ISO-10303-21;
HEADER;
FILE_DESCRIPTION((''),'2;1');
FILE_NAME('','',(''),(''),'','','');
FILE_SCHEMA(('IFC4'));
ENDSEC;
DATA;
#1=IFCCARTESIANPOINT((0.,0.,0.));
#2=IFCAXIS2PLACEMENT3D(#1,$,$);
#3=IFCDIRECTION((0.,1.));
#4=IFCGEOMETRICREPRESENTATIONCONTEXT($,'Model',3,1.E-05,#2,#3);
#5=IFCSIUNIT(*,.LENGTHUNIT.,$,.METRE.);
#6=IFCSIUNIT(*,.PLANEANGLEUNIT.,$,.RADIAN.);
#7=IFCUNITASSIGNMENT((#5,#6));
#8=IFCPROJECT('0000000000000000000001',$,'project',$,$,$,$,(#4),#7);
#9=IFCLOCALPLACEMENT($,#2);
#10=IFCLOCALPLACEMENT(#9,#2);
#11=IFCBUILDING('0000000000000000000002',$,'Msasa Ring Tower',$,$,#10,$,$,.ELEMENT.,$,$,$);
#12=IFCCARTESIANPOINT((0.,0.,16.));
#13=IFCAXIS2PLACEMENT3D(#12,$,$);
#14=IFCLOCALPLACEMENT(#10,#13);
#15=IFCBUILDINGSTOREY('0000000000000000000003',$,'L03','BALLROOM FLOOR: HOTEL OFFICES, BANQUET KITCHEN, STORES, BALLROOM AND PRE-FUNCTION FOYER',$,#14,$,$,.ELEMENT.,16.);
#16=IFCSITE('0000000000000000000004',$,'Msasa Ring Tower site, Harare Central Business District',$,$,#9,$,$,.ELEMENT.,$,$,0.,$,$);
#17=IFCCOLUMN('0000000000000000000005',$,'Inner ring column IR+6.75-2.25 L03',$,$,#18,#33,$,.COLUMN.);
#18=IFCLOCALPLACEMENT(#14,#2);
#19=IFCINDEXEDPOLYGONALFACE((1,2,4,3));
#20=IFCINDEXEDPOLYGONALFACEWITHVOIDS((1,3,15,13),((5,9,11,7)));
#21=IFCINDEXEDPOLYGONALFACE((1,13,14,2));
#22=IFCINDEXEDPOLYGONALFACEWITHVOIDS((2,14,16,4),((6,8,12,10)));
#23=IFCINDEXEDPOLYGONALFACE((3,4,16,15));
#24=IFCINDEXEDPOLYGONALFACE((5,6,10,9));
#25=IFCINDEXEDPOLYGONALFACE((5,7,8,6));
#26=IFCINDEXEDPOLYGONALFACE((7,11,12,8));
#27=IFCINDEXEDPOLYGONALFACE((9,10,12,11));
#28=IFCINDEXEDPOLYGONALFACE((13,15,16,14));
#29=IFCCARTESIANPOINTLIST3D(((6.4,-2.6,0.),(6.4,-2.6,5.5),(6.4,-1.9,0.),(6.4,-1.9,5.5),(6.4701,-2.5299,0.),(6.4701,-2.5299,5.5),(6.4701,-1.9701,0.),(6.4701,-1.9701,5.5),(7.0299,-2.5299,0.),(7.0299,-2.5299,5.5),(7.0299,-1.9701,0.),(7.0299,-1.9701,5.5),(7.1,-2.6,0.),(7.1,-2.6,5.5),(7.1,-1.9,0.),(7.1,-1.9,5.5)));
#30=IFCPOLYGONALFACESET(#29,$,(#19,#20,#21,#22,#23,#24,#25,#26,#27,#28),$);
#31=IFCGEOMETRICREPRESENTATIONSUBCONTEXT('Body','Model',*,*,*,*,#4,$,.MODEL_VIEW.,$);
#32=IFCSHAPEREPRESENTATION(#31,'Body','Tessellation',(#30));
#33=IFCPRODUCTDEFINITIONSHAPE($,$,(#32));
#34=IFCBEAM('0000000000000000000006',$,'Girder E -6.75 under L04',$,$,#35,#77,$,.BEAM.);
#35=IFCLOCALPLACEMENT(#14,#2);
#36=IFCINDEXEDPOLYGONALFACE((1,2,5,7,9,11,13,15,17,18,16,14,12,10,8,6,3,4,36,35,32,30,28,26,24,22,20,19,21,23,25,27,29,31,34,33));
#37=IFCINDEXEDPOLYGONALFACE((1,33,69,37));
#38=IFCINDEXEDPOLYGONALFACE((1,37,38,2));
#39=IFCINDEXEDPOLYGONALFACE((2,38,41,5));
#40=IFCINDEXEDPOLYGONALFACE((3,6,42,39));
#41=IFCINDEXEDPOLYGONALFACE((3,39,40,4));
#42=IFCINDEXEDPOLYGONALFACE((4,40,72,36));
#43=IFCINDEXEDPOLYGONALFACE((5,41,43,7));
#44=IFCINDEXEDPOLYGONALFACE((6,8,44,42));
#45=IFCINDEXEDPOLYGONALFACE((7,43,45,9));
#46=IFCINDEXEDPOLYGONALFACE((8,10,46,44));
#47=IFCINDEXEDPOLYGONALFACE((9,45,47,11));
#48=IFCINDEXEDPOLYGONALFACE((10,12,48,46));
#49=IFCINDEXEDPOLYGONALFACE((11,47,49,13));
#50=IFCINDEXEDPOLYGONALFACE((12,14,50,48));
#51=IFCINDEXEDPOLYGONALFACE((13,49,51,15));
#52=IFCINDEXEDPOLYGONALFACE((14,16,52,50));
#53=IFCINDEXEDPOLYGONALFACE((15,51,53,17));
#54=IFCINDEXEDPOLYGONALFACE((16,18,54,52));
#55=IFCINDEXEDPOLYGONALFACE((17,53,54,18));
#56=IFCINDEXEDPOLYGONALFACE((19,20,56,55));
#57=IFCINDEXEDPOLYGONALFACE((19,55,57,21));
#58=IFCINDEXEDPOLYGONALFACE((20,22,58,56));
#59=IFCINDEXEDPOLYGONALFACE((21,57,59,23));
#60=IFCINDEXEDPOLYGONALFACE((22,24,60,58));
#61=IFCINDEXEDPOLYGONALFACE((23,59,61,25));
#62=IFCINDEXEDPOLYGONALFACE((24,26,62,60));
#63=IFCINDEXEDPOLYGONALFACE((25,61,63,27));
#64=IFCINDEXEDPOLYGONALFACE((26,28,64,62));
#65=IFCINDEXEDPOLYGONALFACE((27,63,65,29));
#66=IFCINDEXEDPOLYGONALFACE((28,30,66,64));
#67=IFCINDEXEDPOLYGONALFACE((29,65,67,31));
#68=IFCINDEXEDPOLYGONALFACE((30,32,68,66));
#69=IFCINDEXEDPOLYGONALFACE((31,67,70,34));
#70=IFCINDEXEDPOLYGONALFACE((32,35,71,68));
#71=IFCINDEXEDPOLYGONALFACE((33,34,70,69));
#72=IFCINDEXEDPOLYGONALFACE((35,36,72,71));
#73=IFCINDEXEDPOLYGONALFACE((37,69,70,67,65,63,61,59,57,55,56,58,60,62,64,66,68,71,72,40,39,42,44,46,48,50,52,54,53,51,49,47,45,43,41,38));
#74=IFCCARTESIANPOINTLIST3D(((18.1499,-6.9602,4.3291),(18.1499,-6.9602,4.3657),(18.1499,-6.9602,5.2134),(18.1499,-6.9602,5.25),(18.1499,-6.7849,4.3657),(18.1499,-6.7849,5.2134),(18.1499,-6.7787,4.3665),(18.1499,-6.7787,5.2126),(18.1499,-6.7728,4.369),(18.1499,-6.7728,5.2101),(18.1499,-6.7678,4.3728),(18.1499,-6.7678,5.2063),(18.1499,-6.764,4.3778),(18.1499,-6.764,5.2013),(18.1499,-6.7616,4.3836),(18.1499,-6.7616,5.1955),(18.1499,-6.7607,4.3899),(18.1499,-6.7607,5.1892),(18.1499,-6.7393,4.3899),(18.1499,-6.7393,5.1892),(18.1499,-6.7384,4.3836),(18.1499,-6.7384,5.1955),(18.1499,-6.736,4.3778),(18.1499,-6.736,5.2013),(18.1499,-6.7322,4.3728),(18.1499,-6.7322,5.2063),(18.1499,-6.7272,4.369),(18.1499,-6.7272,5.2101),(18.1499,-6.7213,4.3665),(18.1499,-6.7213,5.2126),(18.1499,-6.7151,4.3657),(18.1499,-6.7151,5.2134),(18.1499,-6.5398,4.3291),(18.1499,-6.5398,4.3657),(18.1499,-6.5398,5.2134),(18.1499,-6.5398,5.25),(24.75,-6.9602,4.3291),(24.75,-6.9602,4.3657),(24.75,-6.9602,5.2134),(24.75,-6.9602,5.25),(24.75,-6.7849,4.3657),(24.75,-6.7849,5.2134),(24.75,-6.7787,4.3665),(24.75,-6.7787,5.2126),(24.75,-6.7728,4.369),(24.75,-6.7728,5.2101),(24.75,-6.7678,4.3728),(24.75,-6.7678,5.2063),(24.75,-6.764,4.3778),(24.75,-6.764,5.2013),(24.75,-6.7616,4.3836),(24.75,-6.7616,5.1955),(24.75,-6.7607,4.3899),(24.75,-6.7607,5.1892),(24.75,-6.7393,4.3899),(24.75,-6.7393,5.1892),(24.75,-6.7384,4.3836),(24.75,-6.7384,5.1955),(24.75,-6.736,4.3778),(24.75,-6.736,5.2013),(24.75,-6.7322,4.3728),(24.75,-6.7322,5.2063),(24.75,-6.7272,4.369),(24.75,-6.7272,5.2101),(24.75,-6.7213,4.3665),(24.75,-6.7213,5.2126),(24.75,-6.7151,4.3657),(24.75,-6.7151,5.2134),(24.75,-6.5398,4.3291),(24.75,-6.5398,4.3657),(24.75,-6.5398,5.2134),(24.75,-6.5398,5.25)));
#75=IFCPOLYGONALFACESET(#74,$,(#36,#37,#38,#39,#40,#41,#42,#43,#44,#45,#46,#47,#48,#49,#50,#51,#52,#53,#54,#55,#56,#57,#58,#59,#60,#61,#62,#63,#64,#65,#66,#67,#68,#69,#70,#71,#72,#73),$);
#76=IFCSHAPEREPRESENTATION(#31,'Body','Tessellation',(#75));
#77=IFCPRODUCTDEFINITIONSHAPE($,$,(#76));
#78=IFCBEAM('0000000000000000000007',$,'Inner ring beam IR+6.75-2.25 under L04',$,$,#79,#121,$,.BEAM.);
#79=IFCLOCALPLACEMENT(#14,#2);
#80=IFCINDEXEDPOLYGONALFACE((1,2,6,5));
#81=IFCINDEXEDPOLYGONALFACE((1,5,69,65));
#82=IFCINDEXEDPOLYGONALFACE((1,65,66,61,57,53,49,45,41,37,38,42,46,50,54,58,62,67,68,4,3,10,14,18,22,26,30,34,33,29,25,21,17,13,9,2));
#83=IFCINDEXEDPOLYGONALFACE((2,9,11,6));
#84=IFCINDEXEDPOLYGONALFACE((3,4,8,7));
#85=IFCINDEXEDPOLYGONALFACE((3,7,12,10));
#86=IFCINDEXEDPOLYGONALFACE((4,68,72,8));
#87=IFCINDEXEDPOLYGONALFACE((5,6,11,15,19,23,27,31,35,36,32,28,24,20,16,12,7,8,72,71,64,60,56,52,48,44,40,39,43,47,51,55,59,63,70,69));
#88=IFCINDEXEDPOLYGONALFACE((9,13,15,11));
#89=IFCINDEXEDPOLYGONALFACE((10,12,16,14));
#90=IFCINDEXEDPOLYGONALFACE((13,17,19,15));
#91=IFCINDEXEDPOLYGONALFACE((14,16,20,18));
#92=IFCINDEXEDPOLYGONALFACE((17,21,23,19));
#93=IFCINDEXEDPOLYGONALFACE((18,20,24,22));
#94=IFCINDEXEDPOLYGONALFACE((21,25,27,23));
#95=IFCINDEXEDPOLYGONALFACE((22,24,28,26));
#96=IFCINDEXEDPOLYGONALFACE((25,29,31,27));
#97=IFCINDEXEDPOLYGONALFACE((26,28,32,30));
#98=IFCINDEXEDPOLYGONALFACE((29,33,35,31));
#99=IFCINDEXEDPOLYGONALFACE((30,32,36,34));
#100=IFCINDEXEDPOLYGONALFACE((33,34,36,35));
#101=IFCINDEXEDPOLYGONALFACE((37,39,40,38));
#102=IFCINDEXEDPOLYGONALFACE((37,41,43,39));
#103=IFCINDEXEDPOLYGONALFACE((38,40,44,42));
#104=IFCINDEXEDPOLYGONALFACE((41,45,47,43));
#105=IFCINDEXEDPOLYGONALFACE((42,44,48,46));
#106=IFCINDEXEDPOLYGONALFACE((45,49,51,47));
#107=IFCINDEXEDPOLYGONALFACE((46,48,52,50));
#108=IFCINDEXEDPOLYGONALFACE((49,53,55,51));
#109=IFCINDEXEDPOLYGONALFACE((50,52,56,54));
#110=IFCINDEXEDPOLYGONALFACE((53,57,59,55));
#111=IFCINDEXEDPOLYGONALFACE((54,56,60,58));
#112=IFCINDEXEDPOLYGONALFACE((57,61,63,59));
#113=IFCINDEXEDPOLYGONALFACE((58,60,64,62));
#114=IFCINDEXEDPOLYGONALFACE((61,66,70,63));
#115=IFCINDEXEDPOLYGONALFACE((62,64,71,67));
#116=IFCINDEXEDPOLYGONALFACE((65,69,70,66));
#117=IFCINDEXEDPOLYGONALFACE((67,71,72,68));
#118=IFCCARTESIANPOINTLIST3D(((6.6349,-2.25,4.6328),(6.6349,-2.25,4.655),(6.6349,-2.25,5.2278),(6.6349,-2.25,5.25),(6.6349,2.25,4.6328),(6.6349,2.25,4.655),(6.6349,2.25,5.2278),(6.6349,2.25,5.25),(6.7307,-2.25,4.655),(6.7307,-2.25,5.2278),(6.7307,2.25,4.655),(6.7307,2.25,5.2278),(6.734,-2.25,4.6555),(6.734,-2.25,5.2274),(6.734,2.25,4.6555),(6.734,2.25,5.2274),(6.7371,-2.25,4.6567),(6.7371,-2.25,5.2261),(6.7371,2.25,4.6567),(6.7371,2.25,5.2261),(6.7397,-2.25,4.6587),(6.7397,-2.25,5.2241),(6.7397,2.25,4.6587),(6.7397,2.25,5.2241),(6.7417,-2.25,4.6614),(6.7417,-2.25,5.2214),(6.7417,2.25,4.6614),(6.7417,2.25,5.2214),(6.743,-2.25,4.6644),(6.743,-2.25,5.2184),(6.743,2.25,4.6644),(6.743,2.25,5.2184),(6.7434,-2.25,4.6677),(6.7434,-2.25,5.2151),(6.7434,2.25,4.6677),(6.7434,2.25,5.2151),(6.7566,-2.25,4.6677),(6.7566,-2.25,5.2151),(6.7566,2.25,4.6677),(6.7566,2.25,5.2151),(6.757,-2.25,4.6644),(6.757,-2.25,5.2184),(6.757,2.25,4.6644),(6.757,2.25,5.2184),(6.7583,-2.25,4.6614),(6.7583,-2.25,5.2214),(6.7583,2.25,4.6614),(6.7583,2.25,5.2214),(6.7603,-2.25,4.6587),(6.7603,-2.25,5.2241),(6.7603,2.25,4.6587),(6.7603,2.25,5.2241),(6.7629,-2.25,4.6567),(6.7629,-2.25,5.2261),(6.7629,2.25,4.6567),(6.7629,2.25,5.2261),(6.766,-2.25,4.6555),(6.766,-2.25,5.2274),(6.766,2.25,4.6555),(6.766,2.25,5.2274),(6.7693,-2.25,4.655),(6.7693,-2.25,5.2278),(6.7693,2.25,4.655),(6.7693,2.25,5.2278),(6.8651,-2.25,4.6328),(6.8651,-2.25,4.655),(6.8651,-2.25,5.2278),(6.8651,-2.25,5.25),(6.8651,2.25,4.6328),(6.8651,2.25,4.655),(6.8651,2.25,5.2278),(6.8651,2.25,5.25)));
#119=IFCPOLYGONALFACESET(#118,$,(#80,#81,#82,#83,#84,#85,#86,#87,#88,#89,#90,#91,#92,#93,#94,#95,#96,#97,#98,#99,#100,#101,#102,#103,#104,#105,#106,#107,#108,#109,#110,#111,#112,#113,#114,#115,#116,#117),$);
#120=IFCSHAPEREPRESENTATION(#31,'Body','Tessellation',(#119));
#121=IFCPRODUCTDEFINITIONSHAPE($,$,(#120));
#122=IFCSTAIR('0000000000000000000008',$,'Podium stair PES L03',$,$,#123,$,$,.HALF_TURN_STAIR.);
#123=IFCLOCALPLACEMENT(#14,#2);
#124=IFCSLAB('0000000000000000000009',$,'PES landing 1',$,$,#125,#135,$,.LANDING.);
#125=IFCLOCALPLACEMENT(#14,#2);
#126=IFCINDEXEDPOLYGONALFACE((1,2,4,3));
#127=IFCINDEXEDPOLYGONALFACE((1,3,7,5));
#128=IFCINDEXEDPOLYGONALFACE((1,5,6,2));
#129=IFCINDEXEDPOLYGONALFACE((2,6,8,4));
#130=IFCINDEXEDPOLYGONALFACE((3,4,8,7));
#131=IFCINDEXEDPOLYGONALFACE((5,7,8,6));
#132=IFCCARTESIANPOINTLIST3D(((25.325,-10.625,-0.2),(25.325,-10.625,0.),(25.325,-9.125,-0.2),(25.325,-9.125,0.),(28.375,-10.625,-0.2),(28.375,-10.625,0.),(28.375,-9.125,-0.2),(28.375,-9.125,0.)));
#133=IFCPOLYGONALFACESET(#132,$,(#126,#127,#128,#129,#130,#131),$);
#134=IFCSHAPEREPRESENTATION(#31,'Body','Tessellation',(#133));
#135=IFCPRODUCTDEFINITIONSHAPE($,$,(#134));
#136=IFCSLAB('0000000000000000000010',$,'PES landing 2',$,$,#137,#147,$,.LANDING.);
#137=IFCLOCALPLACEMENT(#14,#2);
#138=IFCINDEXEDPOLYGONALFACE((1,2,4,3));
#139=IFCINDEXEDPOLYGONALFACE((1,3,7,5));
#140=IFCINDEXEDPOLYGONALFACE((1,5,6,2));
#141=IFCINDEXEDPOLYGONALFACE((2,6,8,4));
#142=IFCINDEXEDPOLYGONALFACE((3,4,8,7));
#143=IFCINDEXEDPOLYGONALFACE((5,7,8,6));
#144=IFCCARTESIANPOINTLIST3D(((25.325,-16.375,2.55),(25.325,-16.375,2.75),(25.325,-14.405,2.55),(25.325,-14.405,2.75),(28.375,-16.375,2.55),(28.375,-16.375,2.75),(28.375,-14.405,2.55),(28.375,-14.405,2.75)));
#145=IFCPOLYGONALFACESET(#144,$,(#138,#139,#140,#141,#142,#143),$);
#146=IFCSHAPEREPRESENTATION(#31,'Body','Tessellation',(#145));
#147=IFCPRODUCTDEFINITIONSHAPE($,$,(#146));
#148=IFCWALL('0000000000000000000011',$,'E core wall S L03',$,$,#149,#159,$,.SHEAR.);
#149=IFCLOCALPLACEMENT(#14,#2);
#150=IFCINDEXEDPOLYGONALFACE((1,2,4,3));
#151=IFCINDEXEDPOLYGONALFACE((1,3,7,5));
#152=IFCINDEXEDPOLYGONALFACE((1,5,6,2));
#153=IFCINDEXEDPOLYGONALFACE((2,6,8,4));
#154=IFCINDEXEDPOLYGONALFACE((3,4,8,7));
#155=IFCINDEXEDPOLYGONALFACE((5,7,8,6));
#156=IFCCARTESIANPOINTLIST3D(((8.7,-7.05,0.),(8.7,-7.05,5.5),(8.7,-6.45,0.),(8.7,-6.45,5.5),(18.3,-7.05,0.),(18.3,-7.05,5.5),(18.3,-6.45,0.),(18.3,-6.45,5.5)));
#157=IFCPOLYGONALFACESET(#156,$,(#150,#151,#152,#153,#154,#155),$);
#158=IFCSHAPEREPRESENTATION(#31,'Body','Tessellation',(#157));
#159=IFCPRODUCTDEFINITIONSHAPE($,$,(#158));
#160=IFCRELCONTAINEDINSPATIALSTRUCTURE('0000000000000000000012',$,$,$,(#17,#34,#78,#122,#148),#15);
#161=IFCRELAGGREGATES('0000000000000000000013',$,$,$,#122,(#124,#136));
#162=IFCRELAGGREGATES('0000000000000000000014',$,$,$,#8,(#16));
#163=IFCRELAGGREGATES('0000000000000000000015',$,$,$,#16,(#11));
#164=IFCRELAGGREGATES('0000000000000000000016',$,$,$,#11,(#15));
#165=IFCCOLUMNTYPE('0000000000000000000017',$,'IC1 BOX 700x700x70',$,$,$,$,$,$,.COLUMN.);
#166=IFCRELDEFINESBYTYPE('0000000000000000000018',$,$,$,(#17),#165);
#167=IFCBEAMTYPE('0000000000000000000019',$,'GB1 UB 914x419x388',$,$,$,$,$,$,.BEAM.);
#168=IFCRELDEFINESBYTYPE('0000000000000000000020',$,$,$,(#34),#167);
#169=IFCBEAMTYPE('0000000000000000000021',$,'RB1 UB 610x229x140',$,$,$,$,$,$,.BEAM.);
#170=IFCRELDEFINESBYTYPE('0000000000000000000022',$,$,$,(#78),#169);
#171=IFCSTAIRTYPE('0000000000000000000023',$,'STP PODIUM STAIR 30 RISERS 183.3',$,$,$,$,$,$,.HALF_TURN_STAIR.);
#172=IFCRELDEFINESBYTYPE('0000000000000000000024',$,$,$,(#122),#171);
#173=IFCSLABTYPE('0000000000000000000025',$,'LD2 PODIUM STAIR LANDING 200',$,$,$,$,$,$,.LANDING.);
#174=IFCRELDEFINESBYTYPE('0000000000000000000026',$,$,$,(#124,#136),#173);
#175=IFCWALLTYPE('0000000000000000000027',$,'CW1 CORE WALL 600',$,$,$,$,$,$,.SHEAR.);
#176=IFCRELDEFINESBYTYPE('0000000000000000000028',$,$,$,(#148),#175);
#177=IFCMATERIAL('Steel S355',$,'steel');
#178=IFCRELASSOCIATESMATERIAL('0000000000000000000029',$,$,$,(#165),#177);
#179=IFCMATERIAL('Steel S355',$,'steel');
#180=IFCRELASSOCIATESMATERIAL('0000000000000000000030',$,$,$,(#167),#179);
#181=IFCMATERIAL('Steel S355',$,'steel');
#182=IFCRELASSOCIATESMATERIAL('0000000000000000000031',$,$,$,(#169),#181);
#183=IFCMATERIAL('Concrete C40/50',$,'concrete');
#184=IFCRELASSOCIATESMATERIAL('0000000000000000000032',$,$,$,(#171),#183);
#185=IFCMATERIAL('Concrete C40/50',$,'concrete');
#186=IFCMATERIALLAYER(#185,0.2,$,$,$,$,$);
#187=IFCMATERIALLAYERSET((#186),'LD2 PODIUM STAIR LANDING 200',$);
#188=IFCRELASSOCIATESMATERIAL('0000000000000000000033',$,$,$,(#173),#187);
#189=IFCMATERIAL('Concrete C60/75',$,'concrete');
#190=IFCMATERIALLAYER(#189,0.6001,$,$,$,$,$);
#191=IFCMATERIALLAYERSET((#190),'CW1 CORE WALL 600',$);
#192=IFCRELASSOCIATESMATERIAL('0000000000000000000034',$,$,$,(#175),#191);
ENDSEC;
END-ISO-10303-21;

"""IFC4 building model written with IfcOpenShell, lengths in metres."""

from ifc_helpers import new_model, si_unit, direction, frame, frame_2d, origin, origin_2d, place, context, subcontext, project, spatial, polyline, rectangle, hollow_rectangle, i_section, outline, extrude, material, layer, layer_set, material_profile, profile_set, type_object, element, aggregate, save


model = new_model("IFC4")

# Units and contexts
model_context = context("Model", 3, precision=1e-05, world=origin(), true_north=direction((0.0, 1.0)))
body_context = subcontext(model_context, "Body", "Model", "MODEL_VIEW")
ifc_project = project(units=[si_unit("LENGTHUNIT", "METRE"), si_unit("PLANEANGLEUNIT", "RADIAN")], contexts=[model_context])

# Site, building, storey
site_placement = place(None, origin())
site = spatial("IfcSite", under=ifc_project, at=site_placement, Name="Msasa Ring Tower site, Harare Central Business District", CompositionType="ELEMENT", RefElevation=0.0)
building_placement = place(site_placement, origin())
building = spatial("IfcBuilding", under=site, at=building_placement, Name="Msasa Ring Tower", CompositionType="ELEMENT")
storey_placement = place(building_placement, frame((0.0, 0.0, 16.0)))
storey = spatial("IfcBuildingStorey", under=building, at=storey_placement, Name="L03", Description="BALLROOM FLOOR: HOTEL OFFICES, BANQUET KITCHEN, STORES, BALLROOM AND PRE-FUNCTION FOYER", CompositionType="ELEMENT", Elevation=16.0)

# Column
ifc_material_1 = material(Name="Steel S355", Category="steel")
ifc_material_profile_1 = material_profile(ifc_material_1, hollow_rectangle(XDim=0.7, YDim=0.7, WallThickness=0.0701, at=origin_2d()), Name="BOX 700x700x70")
ifc_profile_set_1 = profile_set([ifc_material_profile_1], Name="Steel S355")
column_type = type_object("IfcColumnType", Name="IC1 BOX 700x700x70", PredefinedType="COLUMN", material=ifc_profile_set_1)
column_placement = place(storey_placement, frame((6.75, -2.25, 0.0), z_axis=(0.0, 0.0, 1.0), x_axis=(1.0, 0.0, 0.0)))
element("IfcColumn", 1, at=column_placement, inside=storey, type_object=column_type, Name="Inner ring column IR+6.75-2.25 L03", PredefinedType="COLUMN", context=body_context, shape_type="SweptSolid", body=[
    extrude(hollow_rectangle(XDim=0.7, YDim=0.7, WallThickness=0.0701, at=origin_2d()), origin(), (0.0, 0.0, 1.0), 5.5),
])

# Beams
ifc_material_2 = material(Name="Steel S355", Category="steel")
ifc_material_profile_2 = material_profile(ifc_material_2, i_section(OverallWidth=0.4204, OverallDepth=0.9209, WebThickness=0.0215, FlangeThickness=0.0366, FilletRadius=0.0242, at=origin_2d()), Name="UB 914x419x388")
ifc_profile_set_2 = profile_set([ifc_material_profile_2], Name="Steel S355")
beam_type_1 = type_object("IfcBeamType", Name="GB1 UB 914x419x388", PredefinedType="BEAM", material=ifc_profile_set_2)
beam_1_placement = place(storey_placement, frame((18.1499, -6.75, 4.7896), z_axis=(1.0, 0.0, 0.0), x_axis=(0.0, 1.0, 0.0)))
element("IfcBeam", 2, at=beam_1_placement, inside=storey, type_object=beam_type_1, Name="Girder E -6.75 under L04", PredefinedType="BEAM", context=body_context, shape_type="SweptSolid", body=[
    extrude(i_section(OverallWidth=0.4204, OverallDepth=0.9209, WebThickness=0.0215, FlangeThickness=0.0366, FilletRadius=0.0242, at=origin_2d()), origin(), (0.0, 0.0, 1.0), 6.6001),
])
ifc_material_3 = material(Name="Steel S355", Category="steel")
ifc_material_profile_3 = material_profile(ifc_material_3, i_section(OverallWidth=0.2302, OverallDepth=0.6172, WebThickness=0.0132, FlangeThickness=0.0222, FilletRadius=0.0127, at=origin_2d()), Name="UB 610x229x140")
ifc_profile_set_3 = profile_set([ifc_material_profile_3], Name="Steel S355")
beam_type_2 = type_object("IfcBeamType", Name="RB1 UB 610x229x140", PredefinedType="BEAM", material=ifc_profile_set_3)
beam_2_placement = place(storey_placement, frame((6.75, -2.25, 4.9414), z_axis=(0.0, 1.0, 0.0), x_axis=(-1.0, 0.0, 0.0)))
element("IfcBeam", 3, at=beam_2_placement, inside=storey, type_object=beam_type_2, Name="Inner ring beam IR+6.75-2.25 under L04", PredefinedType="BEAM", context=body_context, shape_type="SweptSolid", body=[
    extrude(i_section(OverallWidth=0.2302, OverallDepth=0.6172, WebThickness=0.0132, FlangeThickness=0.0222, FilletRadius=0.0127, at=origin_2d()), origin(), (0.0, 0.0, 1.0), 4.5),
])

# Stair, slabs
ifc_material_4 = material(Name="Concrete C40/50", Category="concrete")
stair_type_1 = type_object("IfcStairType", Name="STP PODIUM STAIR 30 RISERS 183.3", PredefinedType="HALF_TURN_STAIR", material=ifc_material_4)
stair_1_placement = place(storey_placement, origin())
stair_1 = element("IfcStair", 4, at=stair_1_placement, inside=storey, type_object=stair_type_1, Name="Podium stair PES L03", PredefinedType="HALF_TURN_STAIR")
ifc_material_5 = material(Name="Concrete C40/50", Category="concrete")
ifc_layer_1 = layer(ifc_material_5, 0.2)
ifc_layer_set_1 = layer_set([ifc_layer_1], Name="LD2 PODIUM STAIR LANDING 200")
slab_type = type_object("IfcSlabType", Name="LD2 PODIUM STAIR LANDING 200", PredefinedType="LANDING", material=ifc_layer_set_1)
slab_1_placement = place(storey_placement, frame((0.0, 0.0, -0.2)))
slab_1 = element("IfcSlab", 5, at=slab_1_placement, type_object=slab_type, Name="PES landing 1", PredefinedType="LANDING", context=body_context, shape_type="SweptSolid", body=[
    extrude(outline(polyline([(25.325, -10.625), (28.375, -10.625), (28.375, -9.125), (25.325, -9.125), (25.325, -10.625)])), origin(), (0.0, 0.0, 1.0), 0.2),
])
slab_2_placement = place(storey_placement, frame((0.0, 0.0, 2.55)))
slab_2 = element("IfcSlab", 6, at=slab_2_placement, type_object=slab_type, Name="PES landing 2", PredefinedType="LANDING", context=body_context, shape_type="SweptSolid", body=[
    extrude(outline(polyline([(25.325, -16.375), (28.375, -16.375), (28.375, -14.405), (25.325, -14.405), (25.325, -16.375)])), origin(), (0.0, 0.0, 1.0), 0.2),
])
aggregate(stair_1, [slab_1, slab_2])

# Wall
ifc_material_6 = material(Name="Concrete C60/75", Category="concrete")
ifc_layer_2 = layer(ifc_material_6, 0.6001)
ifc_layer_set_2 = layer_set([ifc_layer_2], Name="CW1 CORE WALL 600")
wall_type_1 = type_object("IfcWallType", Name="CW1 CORE WALL 600", PredefinedType="SHEAR", material=ifc_layer_set_2)
wall_1_placement = place(storey_placement, frame((8.7, -6.75, 0.0), z_axis=(0.0, 0.0, 1.0), x_axis=(1.0, 0.0, 0.0)))
element("IfcWall", 7, at=wall_1_placement, inside=storey, type_object=wall_type_1, Name="E core wall S L03", PredefinedType="SHEAR", context=body_context, shape_type="SweptSolid", body=[
    extrude(rectangle(XDim=9.6001, YDim=0.6001, at=frame_2d((4.8, 0.0))), origin(), (0.0, 0.0, 1.0), 5.5),
])

save(model, "model.ifc")
